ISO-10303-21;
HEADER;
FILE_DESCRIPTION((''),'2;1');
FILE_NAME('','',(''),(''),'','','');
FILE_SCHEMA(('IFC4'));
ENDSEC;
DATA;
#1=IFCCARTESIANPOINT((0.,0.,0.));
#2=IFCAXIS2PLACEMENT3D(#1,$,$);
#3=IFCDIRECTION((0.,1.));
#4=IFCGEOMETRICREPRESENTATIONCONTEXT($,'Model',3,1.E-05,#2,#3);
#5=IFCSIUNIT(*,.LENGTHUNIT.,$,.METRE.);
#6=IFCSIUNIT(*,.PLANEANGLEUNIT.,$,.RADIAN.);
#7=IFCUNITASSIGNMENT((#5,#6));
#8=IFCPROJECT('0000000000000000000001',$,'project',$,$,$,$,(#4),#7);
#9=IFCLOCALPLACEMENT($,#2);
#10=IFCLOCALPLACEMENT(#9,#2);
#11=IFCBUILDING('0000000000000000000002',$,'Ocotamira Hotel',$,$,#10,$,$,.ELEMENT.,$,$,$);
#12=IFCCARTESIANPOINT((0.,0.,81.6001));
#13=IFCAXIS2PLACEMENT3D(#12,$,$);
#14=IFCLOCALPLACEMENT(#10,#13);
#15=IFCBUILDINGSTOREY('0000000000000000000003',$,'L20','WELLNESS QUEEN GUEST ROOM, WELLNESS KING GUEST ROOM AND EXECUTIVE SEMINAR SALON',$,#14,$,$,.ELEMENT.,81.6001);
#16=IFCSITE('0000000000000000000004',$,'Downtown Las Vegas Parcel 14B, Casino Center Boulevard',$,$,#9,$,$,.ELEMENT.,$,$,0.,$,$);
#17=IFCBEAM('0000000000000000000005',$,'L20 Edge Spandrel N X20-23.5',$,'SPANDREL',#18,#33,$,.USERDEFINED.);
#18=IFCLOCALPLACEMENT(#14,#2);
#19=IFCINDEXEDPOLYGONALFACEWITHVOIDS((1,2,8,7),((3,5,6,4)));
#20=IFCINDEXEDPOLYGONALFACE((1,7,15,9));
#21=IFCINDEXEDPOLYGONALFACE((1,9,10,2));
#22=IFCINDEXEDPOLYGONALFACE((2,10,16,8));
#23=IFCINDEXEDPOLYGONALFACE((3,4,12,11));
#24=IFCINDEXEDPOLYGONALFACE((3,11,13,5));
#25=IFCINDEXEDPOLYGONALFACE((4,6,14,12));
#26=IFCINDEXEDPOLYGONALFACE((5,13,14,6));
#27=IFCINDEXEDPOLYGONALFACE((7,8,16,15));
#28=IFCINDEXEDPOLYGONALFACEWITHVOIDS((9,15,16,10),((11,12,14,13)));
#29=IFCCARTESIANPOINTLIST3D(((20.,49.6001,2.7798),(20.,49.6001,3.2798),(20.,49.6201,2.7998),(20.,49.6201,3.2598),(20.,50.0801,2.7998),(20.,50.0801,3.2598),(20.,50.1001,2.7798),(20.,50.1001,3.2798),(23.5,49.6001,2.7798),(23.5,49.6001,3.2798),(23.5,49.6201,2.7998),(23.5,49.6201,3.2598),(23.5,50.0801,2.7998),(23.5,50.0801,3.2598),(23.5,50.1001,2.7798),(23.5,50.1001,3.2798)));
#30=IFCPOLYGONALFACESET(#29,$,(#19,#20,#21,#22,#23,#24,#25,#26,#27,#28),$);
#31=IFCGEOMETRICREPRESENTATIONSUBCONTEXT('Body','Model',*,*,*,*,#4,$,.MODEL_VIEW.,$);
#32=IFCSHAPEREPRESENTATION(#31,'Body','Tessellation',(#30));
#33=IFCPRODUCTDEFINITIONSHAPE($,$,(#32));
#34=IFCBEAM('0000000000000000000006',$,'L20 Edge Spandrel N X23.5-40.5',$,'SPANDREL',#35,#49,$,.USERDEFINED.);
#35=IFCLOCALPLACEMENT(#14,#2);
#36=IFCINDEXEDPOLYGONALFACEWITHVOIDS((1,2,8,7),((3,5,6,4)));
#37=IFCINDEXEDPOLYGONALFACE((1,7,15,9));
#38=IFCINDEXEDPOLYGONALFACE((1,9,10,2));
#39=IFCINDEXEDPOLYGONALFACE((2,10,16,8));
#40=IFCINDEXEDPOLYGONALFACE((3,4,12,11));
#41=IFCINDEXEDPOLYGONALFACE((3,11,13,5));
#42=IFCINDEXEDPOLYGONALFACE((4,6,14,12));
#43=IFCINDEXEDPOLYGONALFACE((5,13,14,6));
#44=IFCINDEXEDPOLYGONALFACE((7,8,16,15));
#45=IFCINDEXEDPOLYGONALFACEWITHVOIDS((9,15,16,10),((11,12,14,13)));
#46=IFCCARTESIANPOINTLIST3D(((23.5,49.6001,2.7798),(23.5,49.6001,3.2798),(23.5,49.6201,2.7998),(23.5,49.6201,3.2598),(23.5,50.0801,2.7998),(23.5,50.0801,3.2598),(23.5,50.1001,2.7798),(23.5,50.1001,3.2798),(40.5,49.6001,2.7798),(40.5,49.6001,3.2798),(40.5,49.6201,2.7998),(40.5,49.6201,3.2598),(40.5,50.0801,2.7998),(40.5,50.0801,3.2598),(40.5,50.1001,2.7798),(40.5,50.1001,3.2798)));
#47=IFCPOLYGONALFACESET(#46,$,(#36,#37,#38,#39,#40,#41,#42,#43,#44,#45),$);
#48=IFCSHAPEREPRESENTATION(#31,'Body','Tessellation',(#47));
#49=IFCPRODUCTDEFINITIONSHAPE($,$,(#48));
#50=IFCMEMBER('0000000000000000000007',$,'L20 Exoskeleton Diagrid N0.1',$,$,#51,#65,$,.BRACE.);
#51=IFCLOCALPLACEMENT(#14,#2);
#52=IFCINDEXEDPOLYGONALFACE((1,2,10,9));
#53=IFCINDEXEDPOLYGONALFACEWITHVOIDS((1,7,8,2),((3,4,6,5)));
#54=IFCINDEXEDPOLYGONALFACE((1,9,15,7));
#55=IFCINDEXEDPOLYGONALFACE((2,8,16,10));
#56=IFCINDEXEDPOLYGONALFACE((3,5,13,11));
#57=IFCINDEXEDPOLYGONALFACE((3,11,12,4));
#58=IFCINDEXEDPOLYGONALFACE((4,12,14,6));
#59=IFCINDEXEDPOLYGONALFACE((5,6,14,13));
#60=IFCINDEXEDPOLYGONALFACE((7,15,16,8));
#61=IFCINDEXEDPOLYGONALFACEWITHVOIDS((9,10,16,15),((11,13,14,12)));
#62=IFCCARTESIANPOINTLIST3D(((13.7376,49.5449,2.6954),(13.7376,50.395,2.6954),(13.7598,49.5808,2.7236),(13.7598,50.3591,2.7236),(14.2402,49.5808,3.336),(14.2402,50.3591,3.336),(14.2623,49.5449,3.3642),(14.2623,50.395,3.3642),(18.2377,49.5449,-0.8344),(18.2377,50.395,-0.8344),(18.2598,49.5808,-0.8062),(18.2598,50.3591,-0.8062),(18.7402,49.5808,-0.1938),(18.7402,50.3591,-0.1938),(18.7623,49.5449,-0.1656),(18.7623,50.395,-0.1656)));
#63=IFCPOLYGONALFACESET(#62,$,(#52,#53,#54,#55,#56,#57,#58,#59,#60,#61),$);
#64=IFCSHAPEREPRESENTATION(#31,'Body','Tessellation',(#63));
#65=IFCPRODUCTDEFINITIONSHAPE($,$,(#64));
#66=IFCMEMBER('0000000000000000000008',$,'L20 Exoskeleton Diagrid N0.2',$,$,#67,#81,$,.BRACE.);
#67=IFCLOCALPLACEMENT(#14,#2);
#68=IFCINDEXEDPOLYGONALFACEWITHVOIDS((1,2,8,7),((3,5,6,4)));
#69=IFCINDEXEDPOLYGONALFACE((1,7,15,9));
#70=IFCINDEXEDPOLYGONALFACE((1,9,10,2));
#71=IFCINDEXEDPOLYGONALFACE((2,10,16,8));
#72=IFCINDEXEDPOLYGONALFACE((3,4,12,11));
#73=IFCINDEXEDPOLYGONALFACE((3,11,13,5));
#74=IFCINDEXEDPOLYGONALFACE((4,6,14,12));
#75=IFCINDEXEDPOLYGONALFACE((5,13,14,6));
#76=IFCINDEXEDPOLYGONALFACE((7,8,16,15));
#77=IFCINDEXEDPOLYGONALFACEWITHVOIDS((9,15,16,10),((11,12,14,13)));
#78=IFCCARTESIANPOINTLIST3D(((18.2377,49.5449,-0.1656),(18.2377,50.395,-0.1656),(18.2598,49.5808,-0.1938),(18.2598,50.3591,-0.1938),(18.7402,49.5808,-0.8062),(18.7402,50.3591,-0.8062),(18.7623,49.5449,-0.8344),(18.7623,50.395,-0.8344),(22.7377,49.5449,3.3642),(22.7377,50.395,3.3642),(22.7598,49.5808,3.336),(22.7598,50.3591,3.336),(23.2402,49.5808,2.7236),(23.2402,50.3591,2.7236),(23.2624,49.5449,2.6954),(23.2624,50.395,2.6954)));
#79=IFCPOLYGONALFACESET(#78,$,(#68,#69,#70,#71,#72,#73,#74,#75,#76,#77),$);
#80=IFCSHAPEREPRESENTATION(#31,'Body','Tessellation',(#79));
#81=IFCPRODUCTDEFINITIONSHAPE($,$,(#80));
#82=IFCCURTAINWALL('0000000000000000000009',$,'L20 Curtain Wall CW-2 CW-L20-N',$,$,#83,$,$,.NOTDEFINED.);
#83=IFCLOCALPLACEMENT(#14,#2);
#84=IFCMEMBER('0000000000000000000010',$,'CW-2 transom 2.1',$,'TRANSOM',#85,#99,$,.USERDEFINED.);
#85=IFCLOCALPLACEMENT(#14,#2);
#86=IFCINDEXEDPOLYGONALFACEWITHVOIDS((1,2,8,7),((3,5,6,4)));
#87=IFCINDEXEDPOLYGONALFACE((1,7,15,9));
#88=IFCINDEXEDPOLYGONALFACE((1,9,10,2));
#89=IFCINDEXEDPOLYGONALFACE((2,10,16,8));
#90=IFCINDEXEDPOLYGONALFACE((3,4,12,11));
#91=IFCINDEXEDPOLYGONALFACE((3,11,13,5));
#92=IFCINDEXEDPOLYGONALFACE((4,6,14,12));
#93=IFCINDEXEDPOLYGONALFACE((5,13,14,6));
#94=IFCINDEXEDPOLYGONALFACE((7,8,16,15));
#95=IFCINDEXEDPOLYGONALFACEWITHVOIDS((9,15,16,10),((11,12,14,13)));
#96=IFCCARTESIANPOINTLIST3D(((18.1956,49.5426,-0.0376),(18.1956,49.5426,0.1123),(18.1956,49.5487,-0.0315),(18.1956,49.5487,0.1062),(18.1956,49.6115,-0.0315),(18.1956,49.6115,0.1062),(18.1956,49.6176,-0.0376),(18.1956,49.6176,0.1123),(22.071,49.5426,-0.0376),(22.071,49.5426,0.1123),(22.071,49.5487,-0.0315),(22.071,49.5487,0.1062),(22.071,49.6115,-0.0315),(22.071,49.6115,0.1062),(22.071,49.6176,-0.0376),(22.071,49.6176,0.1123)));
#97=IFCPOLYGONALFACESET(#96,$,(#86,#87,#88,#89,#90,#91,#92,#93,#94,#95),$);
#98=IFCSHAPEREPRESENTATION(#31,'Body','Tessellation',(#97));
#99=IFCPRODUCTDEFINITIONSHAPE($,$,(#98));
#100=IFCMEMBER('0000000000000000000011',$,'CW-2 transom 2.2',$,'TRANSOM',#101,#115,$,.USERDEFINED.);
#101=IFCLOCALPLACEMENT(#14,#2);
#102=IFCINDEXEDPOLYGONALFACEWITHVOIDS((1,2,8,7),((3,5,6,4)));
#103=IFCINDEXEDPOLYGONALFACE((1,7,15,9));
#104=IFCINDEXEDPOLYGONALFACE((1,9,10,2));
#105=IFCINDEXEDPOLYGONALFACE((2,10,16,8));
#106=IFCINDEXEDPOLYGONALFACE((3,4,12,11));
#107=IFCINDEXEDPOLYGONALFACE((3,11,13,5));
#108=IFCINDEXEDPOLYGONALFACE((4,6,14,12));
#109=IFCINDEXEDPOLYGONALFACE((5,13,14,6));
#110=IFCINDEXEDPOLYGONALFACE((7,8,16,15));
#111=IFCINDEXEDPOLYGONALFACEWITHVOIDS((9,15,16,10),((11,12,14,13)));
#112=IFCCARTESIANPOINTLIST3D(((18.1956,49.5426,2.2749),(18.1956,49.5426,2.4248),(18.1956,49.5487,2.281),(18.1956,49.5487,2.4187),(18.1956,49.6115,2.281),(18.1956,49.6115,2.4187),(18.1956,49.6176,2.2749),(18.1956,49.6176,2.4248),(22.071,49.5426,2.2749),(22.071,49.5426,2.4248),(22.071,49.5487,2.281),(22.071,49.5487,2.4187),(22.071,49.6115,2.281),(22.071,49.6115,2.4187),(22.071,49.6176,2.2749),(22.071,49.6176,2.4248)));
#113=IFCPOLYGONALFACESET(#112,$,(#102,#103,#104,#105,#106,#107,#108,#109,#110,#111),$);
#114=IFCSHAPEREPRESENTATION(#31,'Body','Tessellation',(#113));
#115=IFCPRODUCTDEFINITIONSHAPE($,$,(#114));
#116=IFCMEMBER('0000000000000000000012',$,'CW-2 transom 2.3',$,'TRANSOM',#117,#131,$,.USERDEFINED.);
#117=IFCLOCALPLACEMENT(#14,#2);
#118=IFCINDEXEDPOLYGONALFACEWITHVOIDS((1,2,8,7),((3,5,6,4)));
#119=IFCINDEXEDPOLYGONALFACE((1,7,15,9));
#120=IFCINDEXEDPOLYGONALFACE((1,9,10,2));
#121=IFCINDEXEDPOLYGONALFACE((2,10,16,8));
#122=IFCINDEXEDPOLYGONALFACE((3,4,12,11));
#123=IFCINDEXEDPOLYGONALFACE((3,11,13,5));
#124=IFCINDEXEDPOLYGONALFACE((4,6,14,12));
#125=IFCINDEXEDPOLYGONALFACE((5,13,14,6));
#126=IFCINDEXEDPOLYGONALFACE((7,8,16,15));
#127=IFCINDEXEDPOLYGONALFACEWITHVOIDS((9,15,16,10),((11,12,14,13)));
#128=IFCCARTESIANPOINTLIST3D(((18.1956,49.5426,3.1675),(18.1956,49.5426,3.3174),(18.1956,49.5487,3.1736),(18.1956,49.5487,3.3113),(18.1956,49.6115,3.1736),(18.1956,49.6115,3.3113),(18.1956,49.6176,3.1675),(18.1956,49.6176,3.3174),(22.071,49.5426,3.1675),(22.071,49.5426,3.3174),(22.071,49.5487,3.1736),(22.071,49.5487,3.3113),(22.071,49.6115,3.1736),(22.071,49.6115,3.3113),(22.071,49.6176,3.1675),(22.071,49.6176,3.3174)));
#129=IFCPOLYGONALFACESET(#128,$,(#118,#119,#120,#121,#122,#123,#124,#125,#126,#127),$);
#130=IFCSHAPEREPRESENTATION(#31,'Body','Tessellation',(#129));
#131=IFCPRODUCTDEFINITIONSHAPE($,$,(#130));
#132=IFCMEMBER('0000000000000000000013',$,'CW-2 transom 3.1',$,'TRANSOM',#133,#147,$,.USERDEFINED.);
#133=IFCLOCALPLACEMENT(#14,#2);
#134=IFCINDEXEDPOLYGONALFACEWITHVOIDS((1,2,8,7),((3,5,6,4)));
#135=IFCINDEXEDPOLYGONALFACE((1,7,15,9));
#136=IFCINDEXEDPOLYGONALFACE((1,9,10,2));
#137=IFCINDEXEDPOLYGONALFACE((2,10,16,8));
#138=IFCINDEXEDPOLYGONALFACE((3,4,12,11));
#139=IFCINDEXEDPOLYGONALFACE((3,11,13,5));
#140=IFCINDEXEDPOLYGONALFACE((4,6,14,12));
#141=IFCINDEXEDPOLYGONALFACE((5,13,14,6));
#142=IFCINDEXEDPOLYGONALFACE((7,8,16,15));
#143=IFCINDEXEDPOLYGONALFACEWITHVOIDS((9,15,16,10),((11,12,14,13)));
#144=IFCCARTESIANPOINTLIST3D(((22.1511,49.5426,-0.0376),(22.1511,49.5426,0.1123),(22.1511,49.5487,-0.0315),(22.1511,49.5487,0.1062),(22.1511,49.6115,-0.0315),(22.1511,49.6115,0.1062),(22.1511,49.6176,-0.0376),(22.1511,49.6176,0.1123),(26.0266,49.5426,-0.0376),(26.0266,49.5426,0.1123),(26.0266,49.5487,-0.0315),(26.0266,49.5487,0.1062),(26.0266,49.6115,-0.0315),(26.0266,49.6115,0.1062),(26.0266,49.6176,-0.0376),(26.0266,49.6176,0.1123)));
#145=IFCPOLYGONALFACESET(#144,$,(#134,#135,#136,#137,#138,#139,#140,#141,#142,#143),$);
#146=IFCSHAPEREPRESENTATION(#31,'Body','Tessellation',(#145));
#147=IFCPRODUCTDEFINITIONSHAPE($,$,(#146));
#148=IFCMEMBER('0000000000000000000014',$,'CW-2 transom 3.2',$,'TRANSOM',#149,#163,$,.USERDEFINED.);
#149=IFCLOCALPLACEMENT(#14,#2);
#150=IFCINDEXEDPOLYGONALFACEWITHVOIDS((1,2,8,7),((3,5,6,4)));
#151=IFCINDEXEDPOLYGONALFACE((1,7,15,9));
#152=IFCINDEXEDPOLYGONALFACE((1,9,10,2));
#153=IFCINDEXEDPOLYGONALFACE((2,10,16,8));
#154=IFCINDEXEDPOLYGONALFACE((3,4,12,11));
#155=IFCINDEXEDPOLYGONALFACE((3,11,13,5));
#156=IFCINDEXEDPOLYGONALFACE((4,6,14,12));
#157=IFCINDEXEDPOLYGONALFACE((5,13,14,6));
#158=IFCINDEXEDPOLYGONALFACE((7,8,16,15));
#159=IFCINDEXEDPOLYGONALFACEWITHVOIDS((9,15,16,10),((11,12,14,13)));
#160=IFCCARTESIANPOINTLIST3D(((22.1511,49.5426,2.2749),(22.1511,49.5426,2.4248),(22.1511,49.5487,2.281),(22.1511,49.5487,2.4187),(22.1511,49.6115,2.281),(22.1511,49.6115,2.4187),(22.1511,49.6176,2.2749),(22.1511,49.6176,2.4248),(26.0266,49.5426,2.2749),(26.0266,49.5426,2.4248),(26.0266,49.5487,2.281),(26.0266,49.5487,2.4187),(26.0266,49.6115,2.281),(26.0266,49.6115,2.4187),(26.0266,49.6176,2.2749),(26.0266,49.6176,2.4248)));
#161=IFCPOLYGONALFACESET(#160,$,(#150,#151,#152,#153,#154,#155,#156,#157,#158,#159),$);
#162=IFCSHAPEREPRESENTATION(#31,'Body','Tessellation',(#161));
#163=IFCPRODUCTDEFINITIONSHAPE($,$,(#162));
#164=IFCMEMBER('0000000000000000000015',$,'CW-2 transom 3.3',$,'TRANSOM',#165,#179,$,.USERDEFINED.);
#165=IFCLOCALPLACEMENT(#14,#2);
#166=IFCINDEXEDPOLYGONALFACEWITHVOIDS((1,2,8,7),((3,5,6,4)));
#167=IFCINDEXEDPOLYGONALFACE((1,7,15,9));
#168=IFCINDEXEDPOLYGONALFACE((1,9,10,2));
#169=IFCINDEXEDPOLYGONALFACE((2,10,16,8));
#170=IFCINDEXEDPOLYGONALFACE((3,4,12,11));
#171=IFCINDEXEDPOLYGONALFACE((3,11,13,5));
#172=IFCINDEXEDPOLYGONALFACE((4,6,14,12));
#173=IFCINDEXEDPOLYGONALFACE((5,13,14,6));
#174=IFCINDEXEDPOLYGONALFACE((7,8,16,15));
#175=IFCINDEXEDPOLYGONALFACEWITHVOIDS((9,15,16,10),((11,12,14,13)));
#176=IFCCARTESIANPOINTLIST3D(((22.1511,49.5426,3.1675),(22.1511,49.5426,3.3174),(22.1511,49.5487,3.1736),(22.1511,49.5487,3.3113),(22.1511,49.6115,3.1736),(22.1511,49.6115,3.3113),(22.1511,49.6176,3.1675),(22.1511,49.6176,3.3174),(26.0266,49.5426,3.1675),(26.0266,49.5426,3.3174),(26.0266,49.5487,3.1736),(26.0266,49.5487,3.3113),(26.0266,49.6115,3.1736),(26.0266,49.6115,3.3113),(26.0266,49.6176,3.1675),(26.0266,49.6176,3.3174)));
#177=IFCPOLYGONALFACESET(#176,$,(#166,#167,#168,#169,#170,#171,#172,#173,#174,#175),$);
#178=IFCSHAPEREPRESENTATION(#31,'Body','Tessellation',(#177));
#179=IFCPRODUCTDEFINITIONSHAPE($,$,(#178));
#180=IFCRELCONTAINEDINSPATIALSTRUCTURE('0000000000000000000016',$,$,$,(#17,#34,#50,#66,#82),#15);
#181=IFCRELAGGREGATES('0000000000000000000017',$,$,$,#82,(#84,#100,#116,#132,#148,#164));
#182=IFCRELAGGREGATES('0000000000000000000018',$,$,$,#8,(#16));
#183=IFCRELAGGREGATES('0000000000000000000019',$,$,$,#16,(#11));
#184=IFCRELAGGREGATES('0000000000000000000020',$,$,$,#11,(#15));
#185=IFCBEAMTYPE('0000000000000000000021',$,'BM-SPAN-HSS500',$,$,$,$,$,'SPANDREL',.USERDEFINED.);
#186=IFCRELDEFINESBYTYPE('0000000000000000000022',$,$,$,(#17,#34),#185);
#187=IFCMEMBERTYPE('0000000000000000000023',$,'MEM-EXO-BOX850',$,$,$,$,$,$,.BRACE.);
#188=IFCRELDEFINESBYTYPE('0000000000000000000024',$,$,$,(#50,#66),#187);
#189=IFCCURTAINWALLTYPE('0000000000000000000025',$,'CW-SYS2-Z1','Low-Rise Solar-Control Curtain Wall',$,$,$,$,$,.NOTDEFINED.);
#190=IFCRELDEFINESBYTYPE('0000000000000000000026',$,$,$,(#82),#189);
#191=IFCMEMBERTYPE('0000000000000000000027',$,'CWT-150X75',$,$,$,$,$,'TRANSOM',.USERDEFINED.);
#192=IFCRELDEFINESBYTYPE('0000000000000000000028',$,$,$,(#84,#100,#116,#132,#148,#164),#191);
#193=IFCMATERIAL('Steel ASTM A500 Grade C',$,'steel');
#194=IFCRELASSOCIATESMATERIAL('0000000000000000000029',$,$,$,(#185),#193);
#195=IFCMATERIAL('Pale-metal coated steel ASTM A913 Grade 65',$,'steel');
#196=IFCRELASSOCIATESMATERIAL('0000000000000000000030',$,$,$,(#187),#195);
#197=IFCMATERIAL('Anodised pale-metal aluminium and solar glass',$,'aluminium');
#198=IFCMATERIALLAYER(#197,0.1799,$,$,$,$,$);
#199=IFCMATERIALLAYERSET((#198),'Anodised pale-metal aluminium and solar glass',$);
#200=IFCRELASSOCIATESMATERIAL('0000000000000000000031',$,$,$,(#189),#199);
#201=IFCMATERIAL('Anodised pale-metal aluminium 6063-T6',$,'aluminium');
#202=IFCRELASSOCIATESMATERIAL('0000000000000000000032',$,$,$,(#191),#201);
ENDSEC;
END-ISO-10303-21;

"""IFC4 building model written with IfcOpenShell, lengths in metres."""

from ifc_helpers import new_model, si_unit, direction, frame, origin, origin_2d, place, context, subcontext, project, spatial, hollow_rectangle, extrude, source, transform, mapped, material, layer, layer_set, material_profile, profile_set, type_object, element, aggregate, save


model = new_model("IFC4")

# Units and contexts
model_context = context("Model", 3, precision=1e-05, world=origin(), true_north=direction((0.0, 1.0)))
body_context = subcontext(model_context, "Body", "Model", "MODEL_VIEW")
ifc_project = project(units=[si_unit("LENGTHUNIT", "METRE"), si_unit("PLANEANGLEUNIT", "RADIAN")], contexts=[model_context])

# Site, building, storey
site_placement = place(None, origin())
site = spatial("IfcSite", under=ifc_project, at=site_placement, Name="Downtown Las Vegas Parcel 14B, Casino Center Boulevard", CompositionType="ELEMENT", RefElevation=0.0)
building_placement = place(site_placement, origin())
building = spatial("IfcBuilding", under=site, at=building_placement, Name="Ocotamira Hotel", CompositionType="ELEMENT")
storey_placement = place(building_placement, frame((0.0, 0.0, 81.6001)))
storey = spatial("IfcBuildingStorey", under=building, at=storey_placement, Name="L20", Description="WELLNESS QUEEN GUEST ROOM, WELLNESS KING GUEST ROOM AND EXECUTIVE SEMINAR SALON", CompositionType="ELEMENT", Elevation=81.6001)

# Beams
ifc_material_1 = material(Name="Steel ASTM A500 Grade C", Category="steel")
ifc_material_profile_1 = material_profile(ifc_material_1, hollow_rectangle(XDim=0.5, YDim=0.5, WallThickness=0.02, at=origin_2d()), Name="HSS500X500X20")
ifc_profile_set_1 = profile_set([ifc_material_profile_1], Name="Steel ASTM A500 Grade C")
beam_type_1 = type_object("IfcBeamType", Name="BM-SPAN-HSS500", ElementType="SPANDREL", PredefinedType="USERDEFINED", material=ifc_profile_set_1)
shared_shape_1 = source(origin(), body_context, "Body", "SweptSolid", [
    extrude(hollow_rectangle(XDim=0.5, YDim=0.5, WallThickness=0.02, at=origin_2d()), origin(), (0.0, 0.0, 1.0), 3.5),
])
beam_1_placement = place(storey_placement, frame((20.0, 49.8501, 3.0298), z_axis=(1.0, 0.0, 0.0), x_axis=(0.0, 1.0, 0.0)))
element("IfcBeam", 1, at=beam_1_placement, inside=storey, type_object=beam_type_1, Name="L20 Edge Spandrel N X20-23.5", ObjectType="SPANDREL", PredefinedType="USERDEFINED", context=body_context, shape_type="MappedRepresentation", body=[
    mapped(shared_shape_1, transform((0.0, 0.0, 0.0), scale=1.0)),
])
shared_shape_2 = source(origin(), body_context, "Body", "SweptSolid", [
    extrude(hollow_rectangle(XDim=0.5, YDim=0.5, WallThickness=0.02, at=origin_2d()), origin(), (0.0, 0.0, 1.0), 17.0),
])
beam_2_placement = place(storey_placement, frame((23.5, 49.8501, 3.0298), z_axis=(1.0, 0.0, 0.0), x_axis=(0.0, 1.0, 0.0)))
element("IfcBeam", 2, at=beam_2_placement, inside=storey, type_object=beam_type_1, Name="L20 Edge Spandrel N X23.5-40.5", ObjectType="SPANDREL", PredefinedType="USERDEFINED", context=body_context, shape_type="MappedRepresentation", body=[
    mapped(shared_shape_2, transform((0.0, 0.0, 0.0), scale=1.0)),
])

# Members
ifc_material_2 = material(Name="Pale-metal coated steel ASTM A913 Grade 65", Category="steel")
ifc_material_profile_2 = material_profile(ifc_material_2, hollow_rectangle(XDim=0.8501, YDim=0.8501, WallThickness=0.0359, at=origin_2d()), Name="BOX850X850X36")
ifc_profile_set_2 = profile_set([ifc_material_profile_2], Name="Pale-metal coated steel ASTM A913 Grade 65")
member_type_1 = type_object("IfcMemberType", Name="MEM-EXO-BOX850", PredefinedType="BRACE", material=ifc_profile_set_2)
shared_shape_3 = source(origin(), body_context, "Body", "SweptSolid", [
    extrude(hollow_rectangle(XDim=0.8501, YDim=0.8501, WallThickness=0.0359, at=origin_2d()), origin(), (0.0, 0.0, 1.0), 5.7192),
])
for number, where, z_axis, x_axis, name in (
    (3, (18.5, 49.97, -0.5), (-0.786822, 0.0, 0.61718), (0.0, -1.0, 0.0), "L20 Exoskeleton Diagrid N0.1"),
    (4, (18.5, 49.97, -0.5), (0.786822, 0.0, 0.61718), (0.0, 1.0, 0.0), "L20 Exoskeleton Diagrid N0.2"),
):
    element("IfcMember", number, at=place(storey_placement, frame(where, z_axis=z_axis, x_axis=x_axis)), inside=storey, type_object=member_type_1, Name=name, PredefinedType="BRACE", context=body_context, shape_type="MappedRepresentation", body=[
        mapped(shared_shape_3, transform((0.0, 0.0, 0.0), scale=1.0)),
    ])

# Curtain wall, members
ifc_material_3 = material(Name="Anodised pale-metal aluminium and solar glass", Category="aluminium")
ifc_layer_1 = layer(ifc_material_3, 0.1799)
ifc_layer_set_1 = layer_set([ifc_layer_1], Name="Anodised pale-metal aluminium and solar glass")
curtain_wall_type = type_object("IfcCurtainWallType", Name="CW-SYS2-Z1", Description="Low-Rise Solar-Control Curtain Wall", PredefinedType="NOTDEFINED", material=ifc_layer_set_1)
curtain_wall_placement = place(storey_placement, origin())
curtain_wall = element("IfcCurtainWall", 5, at=curtain_wall_placement, inside=storey, type_object=curtain_wall_type, Name="L20 Curtain Wall CW-2 CW-L20-N", PredefinedType="NOTDEFINED")
ifc_material_4 = material(Name="Anodised pale-metal aluminium 6063-T6", Category="aluminium")
ifc_material_profile_3 = material_profile(ifc_material_4, hollow_rectangle(XDim=0.075, YDim=0.1499, WallThickness=0.0061, at=origin_2d()), Name="HSS150X75X6")
ifc_profile_set_3 = profile_set([ifc_material_profile_3], Name="Anodised pale-metal aluminium 6063-T6")
member_type_2 = type_object("IfcMemberType", Name="CWT-150X75", ElementType="TRANSOM", PredefinedType="USERDEFINED", material=ifc_profile_set_3)
shared_shape_4 = source(origin(), body_context, "Body", "SweptSolid", [
    extrude(hollow_rectangle(XDim=0.075, YDim=0.1499, WallThickness=0.0061, at=origin_2d()), origin(), (0.0, 0.0, 1.0), 3.8755),
])
member_1_placement = place(storey_placement, frame((18.1956, 49.5801, 0.0374), z_axis=(1.0, 0.0, 0.0), x_axis=(0.0, 1.0, 0.0)))
member_1 = element("IfcMember", 6, at=member_1_placement, type_object=member_type_2, Name="CW-2 transom 2.1", ObjectType="TRANSOM", PredefinedType="USERDEFINED", context=body_context, shape_type="MappedRepresentation", body=[
    mapped(shared_shape_4, transform((0.0, 0.0, 0.0), scale=1.0)),
])
member_2_placement = place(storey_placement, frame((18.1956, 49.5801, 2.3499), z_axis=(1.0, 0.0, 0.0), x_axis=(0.0, 1.0, 0.0)))
member_2 = element("IfcMember", 7, at=member_2_placement, type_object=member_type_2, Name="CW-2 transom 2.2", ObjectType="TRANSOM", PredefinedType="USERDEFINED", context=body_context, shape_type="MappedRepresentation", body=[
    mapped(shared_shape_4, transform((0.0, 0.0, 0.0), scale=1.0)),
])
member_3_placement = place(storey_placement, frame((18.1956, 49.5801, 3.2424), z_axis=(1.0, 0.0, 0.0), x_axis=(0.0, 1.0, 0.0)))
member_3 = element("IfcMember", 8, at=member_3_placement, type_object=member_type_2, Name="CW-2 transom 2.3", ObjectType="TRANSOM", PredefinedType="USERDEFINED", context=body_context, shape_type="MappedRepresentation", body=[
    mapped(shared_shape_4, transform((0.0, 0.0, 0.0), scale=1.0)),
])
member_4_placement = place(storey_placement, frame((22.1511, 49.5801, 0.0374), z_axis=(1.0, 0.0, 0.0), x_axis=(0.0, 1.0, 0.0)))
member_4 = element("IfcMember", 9, at=member_4_placement, type_object=member_type_2, Name="CW-2 transom 3.1", ObjectType="TRANSOM", PredefinedType="USERDEFINED", context=body_context, shape_type="MappedRepresentation", body=[
    mapped(shared_shape_4, transform((0.0, 0.0, 0.0), scale=1.0)),
])
member_5_placement = place(storey_placement, frame((22.1511, 49.5801, 2.3499), z_axis=(1.0, 0.0, 0.0), x_axis=(0.0, 1.0, 0.0)))
member_5 = element("IfcMember", 10, at=member_5_placement, type_object=member_type_2, Name="CW-2 transom 3.2", ObjectType="TRANSOM", PredefinedType="USERDEFINED", context=body_context, shape_type="MappedRepresentation", body=[
    mapped(shared_shape_4, transform((0.0, 0.0, 0.0), scale=1.0)),
])
member_6_placement = place(storey_placement, frame((22.1511, 49.5801, 3.2424), z_axis=(1.0, 0.0, 0.0), x_axis=(0.0, 1.0, 0.0)))
member_6 = element("IfcMember", 11, at=member_6_placement, type_object=member_type_2, Name="CW-2 transom 3.3", ObjectType="TRANSOM", PredefinedType="USERDEFINED", context=body_context, shape_type="MappedRepresentation", body=[
    mapped(shared_shape_4, transform((0.0, 0.0, 0.0), scale=1.0)),
])

aggregate(curtain_wall, [member_1, member_2, member_3, member_4, member_5, member_6])

save(model, "model.ifc")
